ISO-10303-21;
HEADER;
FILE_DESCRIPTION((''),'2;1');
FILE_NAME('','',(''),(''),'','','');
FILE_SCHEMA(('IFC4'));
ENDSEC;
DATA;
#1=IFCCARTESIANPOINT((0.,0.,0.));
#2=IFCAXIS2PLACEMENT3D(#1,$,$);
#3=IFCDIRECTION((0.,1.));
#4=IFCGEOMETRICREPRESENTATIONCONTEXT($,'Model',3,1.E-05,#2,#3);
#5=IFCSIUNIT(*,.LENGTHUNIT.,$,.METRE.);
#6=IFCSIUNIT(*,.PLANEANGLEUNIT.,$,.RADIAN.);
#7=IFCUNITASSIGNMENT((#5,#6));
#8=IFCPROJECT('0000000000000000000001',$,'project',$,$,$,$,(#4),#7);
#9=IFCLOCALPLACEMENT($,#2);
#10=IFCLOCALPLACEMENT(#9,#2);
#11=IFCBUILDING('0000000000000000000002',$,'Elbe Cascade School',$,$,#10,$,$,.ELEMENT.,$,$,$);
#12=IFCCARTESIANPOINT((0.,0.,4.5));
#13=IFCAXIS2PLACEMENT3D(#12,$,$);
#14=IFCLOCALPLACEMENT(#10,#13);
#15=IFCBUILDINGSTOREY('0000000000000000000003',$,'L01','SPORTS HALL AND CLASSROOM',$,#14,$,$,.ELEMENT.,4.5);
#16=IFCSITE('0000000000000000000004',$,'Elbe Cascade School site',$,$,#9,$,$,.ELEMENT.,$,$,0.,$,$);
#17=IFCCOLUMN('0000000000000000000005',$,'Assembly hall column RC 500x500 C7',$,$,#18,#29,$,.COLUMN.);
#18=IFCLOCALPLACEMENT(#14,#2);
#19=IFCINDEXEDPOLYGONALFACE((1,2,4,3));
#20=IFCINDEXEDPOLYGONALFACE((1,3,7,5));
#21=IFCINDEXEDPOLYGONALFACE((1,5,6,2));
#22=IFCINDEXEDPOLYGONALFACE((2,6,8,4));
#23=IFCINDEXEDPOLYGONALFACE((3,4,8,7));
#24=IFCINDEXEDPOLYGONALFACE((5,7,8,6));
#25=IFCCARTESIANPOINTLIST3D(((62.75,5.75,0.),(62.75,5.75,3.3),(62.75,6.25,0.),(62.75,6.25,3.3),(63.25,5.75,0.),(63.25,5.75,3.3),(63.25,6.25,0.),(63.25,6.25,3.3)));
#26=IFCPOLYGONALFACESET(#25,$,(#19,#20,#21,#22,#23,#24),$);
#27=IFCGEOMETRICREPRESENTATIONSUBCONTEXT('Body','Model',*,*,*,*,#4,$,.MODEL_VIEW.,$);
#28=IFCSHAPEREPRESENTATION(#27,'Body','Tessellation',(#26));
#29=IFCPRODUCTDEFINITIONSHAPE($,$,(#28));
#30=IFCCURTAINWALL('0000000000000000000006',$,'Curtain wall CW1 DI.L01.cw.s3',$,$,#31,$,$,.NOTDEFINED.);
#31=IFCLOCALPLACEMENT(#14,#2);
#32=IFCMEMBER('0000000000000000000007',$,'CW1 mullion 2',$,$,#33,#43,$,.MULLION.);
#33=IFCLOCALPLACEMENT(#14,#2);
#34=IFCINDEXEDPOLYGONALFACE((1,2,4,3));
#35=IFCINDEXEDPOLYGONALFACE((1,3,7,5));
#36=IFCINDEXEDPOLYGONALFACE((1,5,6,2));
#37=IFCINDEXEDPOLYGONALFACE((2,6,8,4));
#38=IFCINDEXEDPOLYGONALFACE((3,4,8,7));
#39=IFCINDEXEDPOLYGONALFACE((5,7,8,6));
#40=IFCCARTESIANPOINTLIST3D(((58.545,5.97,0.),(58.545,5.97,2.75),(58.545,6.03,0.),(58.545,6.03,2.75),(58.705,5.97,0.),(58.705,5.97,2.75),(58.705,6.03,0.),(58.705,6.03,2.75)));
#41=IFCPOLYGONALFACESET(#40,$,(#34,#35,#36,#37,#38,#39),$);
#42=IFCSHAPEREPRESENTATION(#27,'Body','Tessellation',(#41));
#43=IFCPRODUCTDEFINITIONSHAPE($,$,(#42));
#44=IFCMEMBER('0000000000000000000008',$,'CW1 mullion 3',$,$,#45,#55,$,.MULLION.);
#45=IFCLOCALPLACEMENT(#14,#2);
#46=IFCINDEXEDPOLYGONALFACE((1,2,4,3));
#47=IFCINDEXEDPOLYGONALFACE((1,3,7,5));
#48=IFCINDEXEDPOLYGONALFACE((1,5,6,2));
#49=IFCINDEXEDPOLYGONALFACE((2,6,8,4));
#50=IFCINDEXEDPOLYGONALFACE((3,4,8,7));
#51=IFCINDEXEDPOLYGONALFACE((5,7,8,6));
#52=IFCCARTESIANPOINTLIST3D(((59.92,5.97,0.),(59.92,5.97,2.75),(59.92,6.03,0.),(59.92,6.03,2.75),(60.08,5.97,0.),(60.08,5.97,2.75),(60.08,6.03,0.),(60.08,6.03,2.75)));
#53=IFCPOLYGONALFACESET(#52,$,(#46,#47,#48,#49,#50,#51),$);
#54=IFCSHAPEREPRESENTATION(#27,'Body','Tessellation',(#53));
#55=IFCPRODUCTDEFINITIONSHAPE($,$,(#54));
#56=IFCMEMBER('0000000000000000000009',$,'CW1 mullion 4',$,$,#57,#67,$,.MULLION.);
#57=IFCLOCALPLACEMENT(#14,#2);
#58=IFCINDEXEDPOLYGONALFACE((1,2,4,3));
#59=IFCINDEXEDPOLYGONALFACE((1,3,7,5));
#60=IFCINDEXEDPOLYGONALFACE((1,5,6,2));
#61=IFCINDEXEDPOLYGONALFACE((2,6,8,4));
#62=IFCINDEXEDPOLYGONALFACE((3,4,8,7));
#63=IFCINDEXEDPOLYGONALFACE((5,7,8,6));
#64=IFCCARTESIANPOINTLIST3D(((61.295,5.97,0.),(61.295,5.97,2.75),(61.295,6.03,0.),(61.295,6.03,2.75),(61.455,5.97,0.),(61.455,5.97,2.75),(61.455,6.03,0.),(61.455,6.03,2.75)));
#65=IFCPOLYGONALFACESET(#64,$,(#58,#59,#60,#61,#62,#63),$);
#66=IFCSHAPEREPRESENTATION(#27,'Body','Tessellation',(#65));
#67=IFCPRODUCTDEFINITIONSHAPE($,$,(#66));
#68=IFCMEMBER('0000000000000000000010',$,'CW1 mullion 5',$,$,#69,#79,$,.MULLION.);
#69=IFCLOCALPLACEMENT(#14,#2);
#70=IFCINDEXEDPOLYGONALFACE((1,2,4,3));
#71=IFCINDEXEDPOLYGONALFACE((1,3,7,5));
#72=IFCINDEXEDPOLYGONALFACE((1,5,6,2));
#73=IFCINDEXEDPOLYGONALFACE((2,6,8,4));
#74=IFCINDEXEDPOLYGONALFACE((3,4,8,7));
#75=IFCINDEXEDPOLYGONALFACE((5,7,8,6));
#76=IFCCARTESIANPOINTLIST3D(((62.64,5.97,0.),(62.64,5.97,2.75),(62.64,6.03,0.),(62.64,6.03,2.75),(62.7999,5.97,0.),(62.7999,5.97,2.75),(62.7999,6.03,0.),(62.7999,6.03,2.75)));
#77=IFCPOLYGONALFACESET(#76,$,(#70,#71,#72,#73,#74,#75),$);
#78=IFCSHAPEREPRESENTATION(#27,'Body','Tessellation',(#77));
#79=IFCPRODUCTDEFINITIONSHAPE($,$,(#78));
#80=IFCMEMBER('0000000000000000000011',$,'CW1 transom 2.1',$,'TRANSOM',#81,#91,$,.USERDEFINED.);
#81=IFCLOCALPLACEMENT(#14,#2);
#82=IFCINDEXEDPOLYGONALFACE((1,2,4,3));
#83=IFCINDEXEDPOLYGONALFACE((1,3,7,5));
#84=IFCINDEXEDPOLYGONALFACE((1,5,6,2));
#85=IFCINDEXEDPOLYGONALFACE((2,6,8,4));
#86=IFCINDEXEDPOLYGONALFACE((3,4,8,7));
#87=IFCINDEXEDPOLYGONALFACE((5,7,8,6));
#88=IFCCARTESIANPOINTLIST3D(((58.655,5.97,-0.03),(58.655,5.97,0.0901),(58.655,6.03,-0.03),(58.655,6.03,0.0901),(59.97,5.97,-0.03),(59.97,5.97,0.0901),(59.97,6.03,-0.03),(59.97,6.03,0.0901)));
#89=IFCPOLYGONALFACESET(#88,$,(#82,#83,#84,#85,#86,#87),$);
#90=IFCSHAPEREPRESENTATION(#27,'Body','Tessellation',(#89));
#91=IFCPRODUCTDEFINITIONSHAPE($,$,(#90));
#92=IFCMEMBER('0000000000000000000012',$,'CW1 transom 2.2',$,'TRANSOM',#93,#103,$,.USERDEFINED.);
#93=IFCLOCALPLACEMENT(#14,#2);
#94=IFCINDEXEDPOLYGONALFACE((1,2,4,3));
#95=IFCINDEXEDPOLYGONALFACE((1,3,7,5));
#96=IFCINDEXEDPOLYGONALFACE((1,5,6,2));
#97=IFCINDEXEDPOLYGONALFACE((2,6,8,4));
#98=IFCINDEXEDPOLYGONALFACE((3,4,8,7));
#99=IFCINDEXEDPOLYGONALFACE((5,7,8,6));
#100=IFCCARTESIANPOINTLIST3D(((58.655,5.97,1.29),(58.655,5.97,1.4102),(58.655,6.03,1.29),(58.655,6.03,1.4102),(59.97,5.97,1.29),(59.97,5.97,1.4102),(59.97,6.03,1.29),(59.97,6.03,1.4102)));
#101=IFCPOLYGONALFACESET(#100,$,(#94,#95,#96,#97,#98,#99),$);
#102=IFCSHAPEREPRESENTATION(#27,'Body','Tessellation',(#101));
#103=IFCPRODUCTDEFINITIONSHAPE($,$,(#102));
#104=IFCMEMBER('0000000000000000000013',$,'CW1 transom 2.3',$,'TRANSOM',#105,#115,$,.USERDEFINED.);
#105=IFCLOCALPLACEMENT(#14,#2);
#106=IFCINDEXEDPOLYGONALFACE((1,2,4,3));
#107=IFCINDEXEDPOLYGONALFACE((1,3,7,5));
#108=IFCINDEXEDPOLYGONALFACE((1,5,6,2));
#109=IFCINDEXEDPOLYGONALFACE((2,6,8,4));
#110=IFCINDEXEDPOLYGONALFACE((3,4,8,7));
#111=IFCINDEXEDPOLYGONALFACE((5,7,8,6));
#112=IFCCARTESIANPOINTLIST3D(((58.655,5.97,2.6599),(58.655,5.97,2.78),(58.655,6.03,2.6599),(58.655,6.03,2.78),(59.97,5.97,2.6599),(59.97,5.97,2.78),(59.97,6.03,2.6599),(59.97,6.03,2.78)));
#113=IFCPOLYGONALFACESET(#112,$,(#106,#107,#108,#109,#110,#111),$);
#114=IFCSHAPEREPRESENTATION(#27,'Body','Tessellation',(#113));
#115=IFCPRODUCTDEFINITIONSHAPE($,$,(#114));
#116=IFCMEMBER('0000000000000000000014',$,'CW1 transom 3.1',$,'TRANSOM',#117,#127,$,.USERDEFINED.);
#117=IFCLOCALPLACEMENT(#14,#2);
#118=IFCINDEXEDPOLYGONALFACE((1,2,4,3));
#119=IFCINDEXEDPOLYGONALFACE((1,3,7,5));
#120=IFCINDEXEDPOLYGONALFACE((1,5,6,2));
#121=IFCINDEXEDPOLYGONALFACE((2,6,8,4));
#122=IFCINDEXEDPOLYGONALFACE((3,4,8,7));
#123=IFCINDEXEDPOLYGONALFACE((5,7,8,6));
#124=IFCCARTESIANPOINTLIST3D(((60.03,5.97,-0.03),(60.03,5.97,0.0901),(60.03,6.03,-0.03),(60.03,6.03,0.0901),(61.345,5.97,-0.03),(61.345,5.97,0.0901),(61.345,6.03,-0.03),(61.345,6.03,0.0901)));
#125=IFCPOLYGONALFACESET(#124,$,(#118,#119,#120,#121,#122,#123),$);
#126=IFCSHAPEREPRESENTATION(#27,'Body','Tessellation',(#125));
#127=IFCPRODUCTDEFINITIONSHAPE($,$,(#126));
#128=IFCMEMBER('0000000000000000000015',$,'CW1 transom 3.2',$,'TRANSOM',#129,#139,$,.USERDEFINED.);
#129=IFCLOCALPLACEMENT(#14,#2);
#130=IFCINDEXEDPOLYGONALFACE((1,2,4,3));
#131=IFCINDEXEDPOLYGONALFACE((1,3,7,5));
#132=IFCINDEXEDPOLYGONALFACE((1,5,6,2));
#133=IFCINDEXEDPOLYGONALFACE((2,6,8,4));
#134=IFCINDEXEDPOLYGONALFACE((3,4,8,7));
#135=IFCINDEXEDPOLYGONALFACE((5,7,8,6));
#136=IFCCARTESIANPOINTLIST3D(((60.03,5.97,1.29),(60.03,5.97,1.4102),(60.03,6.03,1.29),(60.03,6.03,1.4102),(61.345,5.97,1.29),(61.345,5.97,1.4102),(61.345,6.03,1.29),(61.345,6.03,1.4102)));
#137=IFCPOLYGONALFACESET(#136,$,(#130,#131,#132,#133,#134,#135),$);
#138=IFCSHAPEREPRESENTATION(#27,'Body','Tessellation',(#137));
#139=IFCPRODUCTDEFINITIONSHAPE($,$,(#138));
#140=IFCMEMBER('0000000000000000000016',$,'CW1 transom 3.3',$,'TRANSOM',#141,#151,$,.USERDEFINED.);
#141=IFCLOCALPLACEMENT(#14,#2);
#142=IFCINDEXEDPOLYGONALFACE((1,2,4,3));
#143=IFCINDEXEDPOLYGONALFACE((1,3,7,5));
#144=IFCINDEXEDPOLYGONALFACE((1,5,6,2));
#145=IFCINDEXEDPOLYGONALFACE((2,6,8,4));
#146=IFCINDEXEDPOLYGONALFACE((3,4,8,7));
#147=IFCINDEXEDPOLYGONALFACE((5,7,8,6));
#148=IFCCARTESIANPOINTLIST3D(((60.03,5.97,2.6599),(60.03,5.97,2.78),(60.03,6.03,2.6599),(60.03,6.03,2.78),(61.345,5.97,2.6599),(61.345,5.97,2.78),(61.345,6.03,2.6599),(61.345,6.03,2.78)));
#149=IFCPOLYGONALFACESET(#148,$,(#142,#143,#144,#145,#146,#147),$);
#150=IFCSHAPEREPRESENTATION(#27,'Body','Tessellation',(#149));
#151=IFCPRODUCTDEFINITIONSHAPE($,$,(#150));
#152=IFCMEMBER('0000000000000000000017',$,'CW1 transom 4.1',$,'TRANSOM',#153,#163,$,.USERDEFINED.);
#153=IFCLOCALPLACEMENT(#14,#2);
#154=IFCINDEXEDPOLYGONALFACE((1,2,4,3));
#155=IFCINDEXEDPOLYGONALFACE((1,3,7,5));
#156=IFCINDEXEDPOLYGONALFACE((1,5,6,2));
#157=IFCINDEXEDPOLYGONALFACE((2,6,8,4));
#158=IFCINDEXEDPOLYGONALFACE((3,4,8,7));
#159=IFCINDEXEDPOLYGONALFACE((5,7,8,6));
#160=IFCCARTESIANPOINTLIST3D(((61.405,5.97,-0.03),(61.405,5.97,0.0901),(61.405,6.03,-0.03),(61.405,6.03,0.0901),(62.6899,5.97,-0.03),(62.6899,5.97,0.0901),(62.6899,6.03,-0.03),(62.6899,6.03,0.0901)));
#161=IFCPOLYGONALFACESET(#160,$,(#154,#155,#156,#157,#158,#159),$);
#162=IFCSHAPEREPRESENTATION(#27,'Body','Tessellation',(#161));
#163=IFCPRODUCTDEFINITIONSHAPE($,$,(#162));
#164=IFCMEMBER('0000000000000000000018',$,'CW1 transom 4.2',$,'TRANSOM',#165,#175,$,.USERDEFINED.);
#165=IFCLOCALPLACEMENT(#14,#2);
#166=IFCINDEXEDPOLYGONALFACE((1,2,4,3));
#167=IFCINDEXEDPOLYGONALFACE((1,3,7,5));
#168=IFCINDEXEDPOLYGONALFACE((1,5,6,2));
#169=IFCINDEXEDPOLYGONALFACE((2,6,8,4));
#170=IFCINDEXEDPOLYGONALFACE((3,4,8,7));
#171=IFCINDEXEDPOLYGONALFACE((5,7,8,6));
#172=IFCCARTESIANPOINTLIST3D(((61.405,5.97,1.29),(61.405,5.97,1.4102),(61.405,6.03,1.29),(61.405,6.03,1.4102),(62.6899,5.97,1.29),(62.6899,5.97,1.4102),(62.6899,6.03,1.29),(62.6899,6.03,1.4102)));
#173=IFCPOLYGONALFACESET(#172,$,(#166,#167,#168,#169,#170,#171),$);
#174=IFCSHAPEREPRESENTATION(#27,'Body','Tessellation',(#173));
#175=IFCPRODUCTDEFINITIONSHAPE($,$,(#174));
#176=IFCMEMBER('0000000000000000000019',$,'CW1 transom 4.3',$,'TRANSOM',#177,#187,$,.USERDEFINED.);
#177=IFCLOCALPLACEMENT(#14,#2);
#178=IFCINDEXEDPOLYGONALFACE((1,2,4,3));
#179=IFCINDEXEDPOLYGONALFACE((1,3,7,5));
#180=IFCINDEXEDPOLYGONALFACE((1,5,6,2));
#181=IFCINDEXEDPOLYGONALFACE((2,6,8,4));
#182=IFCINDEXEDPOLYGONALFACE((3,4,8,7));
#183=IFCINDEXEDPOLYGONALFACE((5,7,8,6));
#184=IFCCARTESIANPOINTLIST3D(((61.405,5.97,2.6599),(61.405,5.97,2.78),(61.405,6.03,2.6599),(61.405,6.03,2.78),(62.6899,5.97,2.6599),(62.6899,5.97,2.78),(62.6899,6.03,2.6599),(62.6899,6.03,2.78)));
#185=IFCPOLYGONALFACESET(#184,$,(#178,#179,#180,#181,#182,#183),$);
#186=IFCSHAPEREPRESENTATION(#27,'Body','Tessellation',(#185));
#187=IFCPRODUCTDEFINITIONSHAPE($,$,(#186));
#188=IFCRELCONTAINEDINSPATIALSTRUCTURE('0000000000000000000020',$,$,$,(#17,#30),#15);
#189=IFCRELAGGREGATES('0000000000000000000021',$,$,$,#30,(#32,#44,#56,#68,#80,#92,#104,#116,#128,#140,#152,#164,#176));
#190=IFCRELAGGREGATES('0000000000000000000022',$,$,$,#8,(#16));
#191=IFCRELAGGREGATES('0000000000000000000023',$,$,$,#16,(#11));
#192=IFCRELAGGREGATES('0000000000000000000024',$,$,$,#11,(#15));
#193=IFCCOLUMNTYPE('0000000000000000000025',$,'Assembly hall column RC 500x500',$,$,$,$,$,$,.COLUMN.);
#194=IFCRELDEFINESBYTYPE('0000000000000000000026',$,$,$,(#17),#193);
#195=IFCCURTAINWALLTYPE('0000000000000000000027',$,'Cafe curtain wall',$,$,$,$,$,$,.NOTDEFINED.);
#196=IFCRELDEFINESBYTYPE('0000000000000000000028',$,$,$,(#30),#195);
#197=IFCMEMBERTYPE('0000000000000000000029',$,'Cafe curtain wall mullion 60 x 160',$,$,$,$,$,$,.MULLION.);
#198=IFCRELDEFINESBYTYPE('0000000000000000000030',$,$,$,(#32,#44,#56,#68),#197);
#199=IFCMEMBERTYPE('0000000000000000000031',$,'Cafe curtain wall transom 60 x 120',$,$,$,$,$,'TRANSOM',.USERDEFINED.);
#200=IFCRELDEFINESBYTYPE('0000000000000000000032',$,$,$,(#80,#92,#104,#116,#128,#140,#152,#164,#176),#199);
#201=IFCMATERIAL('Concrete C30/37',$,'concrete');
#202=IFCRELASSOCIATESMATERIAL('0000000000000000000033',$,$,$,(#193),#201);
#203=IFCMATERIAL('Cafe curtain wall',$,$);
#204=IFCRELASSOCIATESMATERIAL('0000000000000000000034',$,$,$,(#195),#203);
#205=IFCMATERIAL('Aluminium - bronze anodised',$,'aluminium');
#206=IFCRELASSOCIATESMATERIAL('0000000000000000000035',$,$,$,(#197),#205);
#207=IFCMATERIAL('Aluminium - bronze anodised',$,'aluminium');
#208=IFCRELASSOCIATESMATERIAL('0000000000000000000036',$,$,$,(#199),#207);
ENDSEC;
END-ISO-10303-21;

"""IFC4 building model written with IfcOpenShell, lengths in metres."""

from ifc_helpers import new_model, si_unit, direction, frame, origin, origin_2d, place, context, subcontext, project, spatial, rectangle, extrude, material, material_profile, profile_set, type_object, element, aggregate, save


model = new_model("IFC4")

# Units and contexts
model_context = context("Model", 3, precision=1e-05, world=origin(), true_north=direction((0.0, 1.0)))
body_context = subcontext(model_context, "Body", "Model", "MODEL_VIEW")
ifc_project = project(units=[si_unit("LENGTHUNIT", "METRE"), si_unit("PLANEANGLEUNIT", "RADIAN")], contexts=[model_context])

# Site, building, storey
site_placement = place(None, origin())
site = spatial("IfcSite", under=ifc_project, at=site_placement, Name="Elbe Cascade School site", CompositionType="ELEMENT", RefElevation=0.0)
building_placement = place(site_placement, origin())
building = spatial("IfcBuilding", under=site, at=building_placement, Name="Elbe Cascade School", CompositionType="ELEMENT")
storey_placement = place(building_placement, frame((0.0, 0.0, 4.5)))
storey = spatial("IfcBuildingStorey", under=building, at=storey_placement, Name="L01", Description="SPORTS HALL AND CLASSROOM", CompositionType="ELEMENT", Elevation=4.5)

# Column
ifc_material_1 = material(Name="Concrete C30/37", Category="concrete")
ifc_material_profile_1 = material_profile(ifc_material_1, rectangle(XDim=0.5, YDim=0.5, at=origin_2d()), Name="RC 500x500")
ifc_profile_set_1 = profile_set([ifc_material_profile_1], Name="Concrete C30/37")
column_type = type_object("IfcColumnType", Name="Assembly hall column RC 500x500", PredefinedType="COLUMN", material=ifc_profile_set_1)
column_placement = place(storey_placement, frame((63.0, 6.0, 0.0), z_axis=(0.0, 0.0, 1.0), x_axis=(1.0, 0.0, 0.0)))
element("IfcColumn", 1, at=column_placement, inside=storey, type_object=column_type, Name="Assembly hall column RC 500x500 C7", PredefinedType="COLUMN", context=body_context, shape_type="SweptSolid", body=[
    extrude(rectangle(XDim=0.5, YDim=0.5, at=origin_2d()), origin(), (0.0, 0.0, 1.0), 3.3),
])

# Curtain wall, members
ifc_material_2 = material(Name="Cafe curtain wall")
curtain_wall_type = type_object("IfcCurtainWallType", Name="Cafe curtain wall", PredefinedType="NOTDEFINED", material=ifc_material_2)
curtain_wall_placement = place(storey_placement, origin())
curtain_wall = element("IfcCurtainWall", 2, at=curtain_wall_placement, inside=storey, type_object=curtain_wall_type, Name="Curtain wall CW1 DI.L01.cw.s3", PredefinedType="NOTDEFINED")
ifc_material_3 = material(Name="Aluminium - bronze anodised", Category="aluminium")
ifc_material_profile_2 = material_profile(ifc_material_3, rectangle(XDim=0.0601, YDim=0.1599, at=origin_2d()), Name="RECT 60x160")
ifc_profile_set_2 = profile_set([ifc_material_profile_2], Name="Aluminium - bronze anodised")
member_type_1 = type_object("IfcMemberType", Name="Cafe curtain wall mullion 60 x 160", PredefinedType="MULLION", material=ifc_profile_set_2)
member_1_placement = place(storey_placement, frame((58.625, 6.0, 0.0), z_axis=(0.0, 0.0, 1.0), x_axis=(0.0, 1.0, 0.0)))
member_1 = element("IfcMember", 3, at=member_1_placement, type_object=member_type_1, Name="CW1 mullion 2", PredefinedType="MULLION", context=body_context, shape_type="SweptSolid", body=[
    extrude(rectangle(XDim=0.0601, YDim=0.1599, at=origin_2d()), origin(), (0.0, 0.0, 1.0), 2.75),
])
member_2_placement = place(storey_placement, frame((60.0, 6.0, 0.0), z_axis=(0.0, 0.0, 1.0), x_axis=(0.0, 1.0, 0.0)))
member_2 = element("IfcMember", 4, at=member_2_placement, type_object=member_type_1, Name="CW1 mullion 3", PredefinedType="MULLION", context=body_context, shape_type="SweptSolid", body=[
    extrude(rectangle(XDim=0.0601, YDim=0.1599, at=origin_2d()), origin(), (0.0, 0.0, 1.0), 2.75),
])
member_3_placement = place(storey_placement, frame((61.375, 6.0, 0.0), z_axis=(0.0, 0.0, 1.0), x_axis=(0.0, 1.0, 0.0)))
member_3 = element("IfcMember", 5, at=member_3_placement, type_object=member_type_1, Name="CW1 mullion 4", PredefinedType="MULLION", context=body_context, shape_type="SweptSolid", body=[
    extrude(rectangle(XDim=0.0601, YDim=0.1599, at=origin_2d()), origin(), (0.0, 0.0, 1.0), 2.75),
])
member_4_placement = place(storey_placement, frame((62.72, 6.0, 0.0), z_axis=(0.0, 0.0, 1.0), x_axis=(0.0, 1.0, 0.0)))
member_4 = element("IfcMember", 6, at=member_4_placement, type_object=member_type_1, Name="CW1 mullion 5", PredefinedType="MULLION", context=body_context, shape_type="SweptSolid", body=[
    extrude(rectangle(XDim=0.0601, YDim=0.1599, at=origin_2d()), origin(), (0.0, 0.0, 1.0), 2.75),
])
ifc_material_4 = material(Name="Aluminium - bronze anodised", Category="aluminium")
ifc_material_profile_3 = material_profile(ifc_material_4, rectangle(XDim=0.0601, YDim=0.1201, at=origin_2d()), Name="RECT 60x120")
ifc_profile_set_3 = profile_set([ifc_material_profile_3], Name="Aluminium - bronze anodised")
member_type_2 = type_object("IfcMemberType", Name="Cafe curtain wall transom 60 x 120", ElementType="TRANSOM", PredefinedType="USERDEFINED", material=ifc_profile_set_3)
member_5_placement = place(storey_placement, frame((58.655, 6.0, 0.03), z_axis=(1.0, 0.0, 0.0), x_axis=(0.0, 1.0, 0.0)))
member_5 = element("IfcMember", 7, at=member_5_placement, type_object=member_type_2, Name="CW1 transom 2.1", ObjectType="TRANSOM", PredefinedType="USERDEFINED", context=body_context, shape_type="SweptSolid", body=[
    extrude(rectangle(XDim=0.0601, YDim=0.1201, at=origin_2d()), origin(), (0.0, 0.0, 1.0), 1.3149),
])
member_6_placement = place(storey_placement, frame((58.655, 6.0, 1.3501), z_axis=(1.0, 0.0, 0.0), x_axis=(0.0, 1.0, 0.0)))
member_6 = element("IfcMember", 8, at=member_6_placement, type_object=member_type_2, Name="CW1 transom 2.2", ObjectType="TRANSOM", PredefinedType="USERDEFINED", context=body_context, shape_type="SweptSolid", body=[
    extrude(rectangle(XDim=0.0601, YDim=0.1201, at=origin_2d()), origin(), (0.0, 0.0, 1.0), 1.3149),
])
member_7_placement = place(storey_placement, frame((58.655, 6.0, 2.72), z_axis=(1.0, 0.0, 0.0), x_axis=(0.0, 1.0, 0.0)))
member_7 = element("IfcMember", 9, at=member_7_placement, type_object=member_type_2, Name="CW1 transom 2.3", ObjectType="TRANSOM", PredefinedType="USERDEFINED", context=body_context, shape_type="SweptSolid", body=[
    extrude(rectangle(XDim=0.0601, YDim=0.1201, at=origin_2d()), origin(), (0.0, 0.0, 1.0), 1.3149),
])
member_8_placement = place(storey_placement, frame((60.03, 6.0, 0.03), z_axis=(1.0, 0.0, 0.0), x_axis=(0.0, 1.0, 0.0)))
member_8 = element("IfcMember", 10, at=member_8_placement, type_object=member_type_2, Name="CW1 transom 3.1", ObjectType="TRANSOM", PredefinedType="USERDEFINED", context=body_context, shape_type="SweptSolid", body=[
    extrude(rectangle(XDim=0.0601, YDim=0.1201, at=origin_2d()), origin(), (0.0, 0.0, 1.0), 1.3149),
])
member_9_placement = place(storey_placement, frame((60.03, 6.0, 1.3501), z_axis=(1.0, 0.0, 0.0), x_axis=(0.0, 1.0, 0.0)))
member_9 = element("IfcMember", 11, at=member_9_placement, type_object=member_type_2, Name="CW1 transom 3.2", ObjectType="TRANSOM", PredefinedType="USERDEFINED", context=body_context, shape_type="SweptSolid", body=[
    extrude(rectangle(XDim=0.0601, YDim=0.1201, at=origin_2d()), origin(), (0.0, 0.0, 1.0), 1.3149),
])
member_10_placement = place(storey_placement, frame((60.03, 6.0, 2.72), z_axis=(1.0, 0.0, 0.0), x_axis=(0.0, 1.0, 0.0)))
member_10 = element("IfcMember", 12, at=member_10_placement, type_object=member_type_2, Name="CW1 transom 3.3", ObjectType="TRANSOM", PredefinedType="USERDEFINED", context=body_context, shape_type="SweptSolid", body=[
    extrude(rectangle(XDim=0.0601, YDim=0.1201, at=origin_2d()), origin(), (0.0, 0.0, 1.0), 1.3149),
])
member_11_placement = place(storey_placement, frame((61.405, 6.0, 0.03), z_axis=(1.0, 0.0, 0.0), x_axis=(0.0, 1.0, 0.0)))
member_11 = element("IfcMember", 13, at=member_11_placement, type_object=member_type_2, Name="CW1 transom 4.1", ObjectType="TRANSOM", PredefinedType="USERDEFINED", context=body_context, shape_type="SweptSolid", body=[
    extrude(rectangle(XDim=0.0601, YDim=0.1201, at=origin_2d()), origin(), (0.0, 0.0, 1.0), 1.2849),
])
member_12_placement = place(storey_placement, frame((61.405, 6.0, 1.3501), z_axis=(1.0, 0.0, 0.0), x_axis=(0.0, 1.0, 0.0)))
member_12 = element("IfcMember", 14, at=member_12_placement, type_object=member_type_2, Name="CW1 transom 4.2", ObjectType="TRANSOM", PredefinedType="USERDEFINED", context=body_context, shape_type="SweptSolid", body=[
    extrude(rectangle(XDim=0.0601, YDim=0.1201, at=origin_2d()), origin(), (0.0, 0.0, 1.0), 1.2849),
])
member_13_placement = place(storey_placement, frame((61.405, 6.0, 2.72), z_axis=(1.0, 0.0, 0.0), x_axis=(0.0, 1.0, 0.0)))
member_13 = element("IfcMember", 15, at=member_13_placement, type_object=member_type_2, Name="CW1 transom 4.3", ObjectType="TRANSOM", PredefinedType="USERDEFINED", context=body_context, shape_type="SweptSolid", body=[
    extrude(rectangle(XDim=0.0601, YDim=0.1201, at=origin_2d()), origin(), (0.0, 0.0, 1.0), 1.2849),
])
aggregate(curtain_wall, [member_1, member_2, member_3, member_4, member_5, member_6, member_7, member_8, member_9, member_10, member_11, member_12, member_13])

save(model, "model.ifc")
